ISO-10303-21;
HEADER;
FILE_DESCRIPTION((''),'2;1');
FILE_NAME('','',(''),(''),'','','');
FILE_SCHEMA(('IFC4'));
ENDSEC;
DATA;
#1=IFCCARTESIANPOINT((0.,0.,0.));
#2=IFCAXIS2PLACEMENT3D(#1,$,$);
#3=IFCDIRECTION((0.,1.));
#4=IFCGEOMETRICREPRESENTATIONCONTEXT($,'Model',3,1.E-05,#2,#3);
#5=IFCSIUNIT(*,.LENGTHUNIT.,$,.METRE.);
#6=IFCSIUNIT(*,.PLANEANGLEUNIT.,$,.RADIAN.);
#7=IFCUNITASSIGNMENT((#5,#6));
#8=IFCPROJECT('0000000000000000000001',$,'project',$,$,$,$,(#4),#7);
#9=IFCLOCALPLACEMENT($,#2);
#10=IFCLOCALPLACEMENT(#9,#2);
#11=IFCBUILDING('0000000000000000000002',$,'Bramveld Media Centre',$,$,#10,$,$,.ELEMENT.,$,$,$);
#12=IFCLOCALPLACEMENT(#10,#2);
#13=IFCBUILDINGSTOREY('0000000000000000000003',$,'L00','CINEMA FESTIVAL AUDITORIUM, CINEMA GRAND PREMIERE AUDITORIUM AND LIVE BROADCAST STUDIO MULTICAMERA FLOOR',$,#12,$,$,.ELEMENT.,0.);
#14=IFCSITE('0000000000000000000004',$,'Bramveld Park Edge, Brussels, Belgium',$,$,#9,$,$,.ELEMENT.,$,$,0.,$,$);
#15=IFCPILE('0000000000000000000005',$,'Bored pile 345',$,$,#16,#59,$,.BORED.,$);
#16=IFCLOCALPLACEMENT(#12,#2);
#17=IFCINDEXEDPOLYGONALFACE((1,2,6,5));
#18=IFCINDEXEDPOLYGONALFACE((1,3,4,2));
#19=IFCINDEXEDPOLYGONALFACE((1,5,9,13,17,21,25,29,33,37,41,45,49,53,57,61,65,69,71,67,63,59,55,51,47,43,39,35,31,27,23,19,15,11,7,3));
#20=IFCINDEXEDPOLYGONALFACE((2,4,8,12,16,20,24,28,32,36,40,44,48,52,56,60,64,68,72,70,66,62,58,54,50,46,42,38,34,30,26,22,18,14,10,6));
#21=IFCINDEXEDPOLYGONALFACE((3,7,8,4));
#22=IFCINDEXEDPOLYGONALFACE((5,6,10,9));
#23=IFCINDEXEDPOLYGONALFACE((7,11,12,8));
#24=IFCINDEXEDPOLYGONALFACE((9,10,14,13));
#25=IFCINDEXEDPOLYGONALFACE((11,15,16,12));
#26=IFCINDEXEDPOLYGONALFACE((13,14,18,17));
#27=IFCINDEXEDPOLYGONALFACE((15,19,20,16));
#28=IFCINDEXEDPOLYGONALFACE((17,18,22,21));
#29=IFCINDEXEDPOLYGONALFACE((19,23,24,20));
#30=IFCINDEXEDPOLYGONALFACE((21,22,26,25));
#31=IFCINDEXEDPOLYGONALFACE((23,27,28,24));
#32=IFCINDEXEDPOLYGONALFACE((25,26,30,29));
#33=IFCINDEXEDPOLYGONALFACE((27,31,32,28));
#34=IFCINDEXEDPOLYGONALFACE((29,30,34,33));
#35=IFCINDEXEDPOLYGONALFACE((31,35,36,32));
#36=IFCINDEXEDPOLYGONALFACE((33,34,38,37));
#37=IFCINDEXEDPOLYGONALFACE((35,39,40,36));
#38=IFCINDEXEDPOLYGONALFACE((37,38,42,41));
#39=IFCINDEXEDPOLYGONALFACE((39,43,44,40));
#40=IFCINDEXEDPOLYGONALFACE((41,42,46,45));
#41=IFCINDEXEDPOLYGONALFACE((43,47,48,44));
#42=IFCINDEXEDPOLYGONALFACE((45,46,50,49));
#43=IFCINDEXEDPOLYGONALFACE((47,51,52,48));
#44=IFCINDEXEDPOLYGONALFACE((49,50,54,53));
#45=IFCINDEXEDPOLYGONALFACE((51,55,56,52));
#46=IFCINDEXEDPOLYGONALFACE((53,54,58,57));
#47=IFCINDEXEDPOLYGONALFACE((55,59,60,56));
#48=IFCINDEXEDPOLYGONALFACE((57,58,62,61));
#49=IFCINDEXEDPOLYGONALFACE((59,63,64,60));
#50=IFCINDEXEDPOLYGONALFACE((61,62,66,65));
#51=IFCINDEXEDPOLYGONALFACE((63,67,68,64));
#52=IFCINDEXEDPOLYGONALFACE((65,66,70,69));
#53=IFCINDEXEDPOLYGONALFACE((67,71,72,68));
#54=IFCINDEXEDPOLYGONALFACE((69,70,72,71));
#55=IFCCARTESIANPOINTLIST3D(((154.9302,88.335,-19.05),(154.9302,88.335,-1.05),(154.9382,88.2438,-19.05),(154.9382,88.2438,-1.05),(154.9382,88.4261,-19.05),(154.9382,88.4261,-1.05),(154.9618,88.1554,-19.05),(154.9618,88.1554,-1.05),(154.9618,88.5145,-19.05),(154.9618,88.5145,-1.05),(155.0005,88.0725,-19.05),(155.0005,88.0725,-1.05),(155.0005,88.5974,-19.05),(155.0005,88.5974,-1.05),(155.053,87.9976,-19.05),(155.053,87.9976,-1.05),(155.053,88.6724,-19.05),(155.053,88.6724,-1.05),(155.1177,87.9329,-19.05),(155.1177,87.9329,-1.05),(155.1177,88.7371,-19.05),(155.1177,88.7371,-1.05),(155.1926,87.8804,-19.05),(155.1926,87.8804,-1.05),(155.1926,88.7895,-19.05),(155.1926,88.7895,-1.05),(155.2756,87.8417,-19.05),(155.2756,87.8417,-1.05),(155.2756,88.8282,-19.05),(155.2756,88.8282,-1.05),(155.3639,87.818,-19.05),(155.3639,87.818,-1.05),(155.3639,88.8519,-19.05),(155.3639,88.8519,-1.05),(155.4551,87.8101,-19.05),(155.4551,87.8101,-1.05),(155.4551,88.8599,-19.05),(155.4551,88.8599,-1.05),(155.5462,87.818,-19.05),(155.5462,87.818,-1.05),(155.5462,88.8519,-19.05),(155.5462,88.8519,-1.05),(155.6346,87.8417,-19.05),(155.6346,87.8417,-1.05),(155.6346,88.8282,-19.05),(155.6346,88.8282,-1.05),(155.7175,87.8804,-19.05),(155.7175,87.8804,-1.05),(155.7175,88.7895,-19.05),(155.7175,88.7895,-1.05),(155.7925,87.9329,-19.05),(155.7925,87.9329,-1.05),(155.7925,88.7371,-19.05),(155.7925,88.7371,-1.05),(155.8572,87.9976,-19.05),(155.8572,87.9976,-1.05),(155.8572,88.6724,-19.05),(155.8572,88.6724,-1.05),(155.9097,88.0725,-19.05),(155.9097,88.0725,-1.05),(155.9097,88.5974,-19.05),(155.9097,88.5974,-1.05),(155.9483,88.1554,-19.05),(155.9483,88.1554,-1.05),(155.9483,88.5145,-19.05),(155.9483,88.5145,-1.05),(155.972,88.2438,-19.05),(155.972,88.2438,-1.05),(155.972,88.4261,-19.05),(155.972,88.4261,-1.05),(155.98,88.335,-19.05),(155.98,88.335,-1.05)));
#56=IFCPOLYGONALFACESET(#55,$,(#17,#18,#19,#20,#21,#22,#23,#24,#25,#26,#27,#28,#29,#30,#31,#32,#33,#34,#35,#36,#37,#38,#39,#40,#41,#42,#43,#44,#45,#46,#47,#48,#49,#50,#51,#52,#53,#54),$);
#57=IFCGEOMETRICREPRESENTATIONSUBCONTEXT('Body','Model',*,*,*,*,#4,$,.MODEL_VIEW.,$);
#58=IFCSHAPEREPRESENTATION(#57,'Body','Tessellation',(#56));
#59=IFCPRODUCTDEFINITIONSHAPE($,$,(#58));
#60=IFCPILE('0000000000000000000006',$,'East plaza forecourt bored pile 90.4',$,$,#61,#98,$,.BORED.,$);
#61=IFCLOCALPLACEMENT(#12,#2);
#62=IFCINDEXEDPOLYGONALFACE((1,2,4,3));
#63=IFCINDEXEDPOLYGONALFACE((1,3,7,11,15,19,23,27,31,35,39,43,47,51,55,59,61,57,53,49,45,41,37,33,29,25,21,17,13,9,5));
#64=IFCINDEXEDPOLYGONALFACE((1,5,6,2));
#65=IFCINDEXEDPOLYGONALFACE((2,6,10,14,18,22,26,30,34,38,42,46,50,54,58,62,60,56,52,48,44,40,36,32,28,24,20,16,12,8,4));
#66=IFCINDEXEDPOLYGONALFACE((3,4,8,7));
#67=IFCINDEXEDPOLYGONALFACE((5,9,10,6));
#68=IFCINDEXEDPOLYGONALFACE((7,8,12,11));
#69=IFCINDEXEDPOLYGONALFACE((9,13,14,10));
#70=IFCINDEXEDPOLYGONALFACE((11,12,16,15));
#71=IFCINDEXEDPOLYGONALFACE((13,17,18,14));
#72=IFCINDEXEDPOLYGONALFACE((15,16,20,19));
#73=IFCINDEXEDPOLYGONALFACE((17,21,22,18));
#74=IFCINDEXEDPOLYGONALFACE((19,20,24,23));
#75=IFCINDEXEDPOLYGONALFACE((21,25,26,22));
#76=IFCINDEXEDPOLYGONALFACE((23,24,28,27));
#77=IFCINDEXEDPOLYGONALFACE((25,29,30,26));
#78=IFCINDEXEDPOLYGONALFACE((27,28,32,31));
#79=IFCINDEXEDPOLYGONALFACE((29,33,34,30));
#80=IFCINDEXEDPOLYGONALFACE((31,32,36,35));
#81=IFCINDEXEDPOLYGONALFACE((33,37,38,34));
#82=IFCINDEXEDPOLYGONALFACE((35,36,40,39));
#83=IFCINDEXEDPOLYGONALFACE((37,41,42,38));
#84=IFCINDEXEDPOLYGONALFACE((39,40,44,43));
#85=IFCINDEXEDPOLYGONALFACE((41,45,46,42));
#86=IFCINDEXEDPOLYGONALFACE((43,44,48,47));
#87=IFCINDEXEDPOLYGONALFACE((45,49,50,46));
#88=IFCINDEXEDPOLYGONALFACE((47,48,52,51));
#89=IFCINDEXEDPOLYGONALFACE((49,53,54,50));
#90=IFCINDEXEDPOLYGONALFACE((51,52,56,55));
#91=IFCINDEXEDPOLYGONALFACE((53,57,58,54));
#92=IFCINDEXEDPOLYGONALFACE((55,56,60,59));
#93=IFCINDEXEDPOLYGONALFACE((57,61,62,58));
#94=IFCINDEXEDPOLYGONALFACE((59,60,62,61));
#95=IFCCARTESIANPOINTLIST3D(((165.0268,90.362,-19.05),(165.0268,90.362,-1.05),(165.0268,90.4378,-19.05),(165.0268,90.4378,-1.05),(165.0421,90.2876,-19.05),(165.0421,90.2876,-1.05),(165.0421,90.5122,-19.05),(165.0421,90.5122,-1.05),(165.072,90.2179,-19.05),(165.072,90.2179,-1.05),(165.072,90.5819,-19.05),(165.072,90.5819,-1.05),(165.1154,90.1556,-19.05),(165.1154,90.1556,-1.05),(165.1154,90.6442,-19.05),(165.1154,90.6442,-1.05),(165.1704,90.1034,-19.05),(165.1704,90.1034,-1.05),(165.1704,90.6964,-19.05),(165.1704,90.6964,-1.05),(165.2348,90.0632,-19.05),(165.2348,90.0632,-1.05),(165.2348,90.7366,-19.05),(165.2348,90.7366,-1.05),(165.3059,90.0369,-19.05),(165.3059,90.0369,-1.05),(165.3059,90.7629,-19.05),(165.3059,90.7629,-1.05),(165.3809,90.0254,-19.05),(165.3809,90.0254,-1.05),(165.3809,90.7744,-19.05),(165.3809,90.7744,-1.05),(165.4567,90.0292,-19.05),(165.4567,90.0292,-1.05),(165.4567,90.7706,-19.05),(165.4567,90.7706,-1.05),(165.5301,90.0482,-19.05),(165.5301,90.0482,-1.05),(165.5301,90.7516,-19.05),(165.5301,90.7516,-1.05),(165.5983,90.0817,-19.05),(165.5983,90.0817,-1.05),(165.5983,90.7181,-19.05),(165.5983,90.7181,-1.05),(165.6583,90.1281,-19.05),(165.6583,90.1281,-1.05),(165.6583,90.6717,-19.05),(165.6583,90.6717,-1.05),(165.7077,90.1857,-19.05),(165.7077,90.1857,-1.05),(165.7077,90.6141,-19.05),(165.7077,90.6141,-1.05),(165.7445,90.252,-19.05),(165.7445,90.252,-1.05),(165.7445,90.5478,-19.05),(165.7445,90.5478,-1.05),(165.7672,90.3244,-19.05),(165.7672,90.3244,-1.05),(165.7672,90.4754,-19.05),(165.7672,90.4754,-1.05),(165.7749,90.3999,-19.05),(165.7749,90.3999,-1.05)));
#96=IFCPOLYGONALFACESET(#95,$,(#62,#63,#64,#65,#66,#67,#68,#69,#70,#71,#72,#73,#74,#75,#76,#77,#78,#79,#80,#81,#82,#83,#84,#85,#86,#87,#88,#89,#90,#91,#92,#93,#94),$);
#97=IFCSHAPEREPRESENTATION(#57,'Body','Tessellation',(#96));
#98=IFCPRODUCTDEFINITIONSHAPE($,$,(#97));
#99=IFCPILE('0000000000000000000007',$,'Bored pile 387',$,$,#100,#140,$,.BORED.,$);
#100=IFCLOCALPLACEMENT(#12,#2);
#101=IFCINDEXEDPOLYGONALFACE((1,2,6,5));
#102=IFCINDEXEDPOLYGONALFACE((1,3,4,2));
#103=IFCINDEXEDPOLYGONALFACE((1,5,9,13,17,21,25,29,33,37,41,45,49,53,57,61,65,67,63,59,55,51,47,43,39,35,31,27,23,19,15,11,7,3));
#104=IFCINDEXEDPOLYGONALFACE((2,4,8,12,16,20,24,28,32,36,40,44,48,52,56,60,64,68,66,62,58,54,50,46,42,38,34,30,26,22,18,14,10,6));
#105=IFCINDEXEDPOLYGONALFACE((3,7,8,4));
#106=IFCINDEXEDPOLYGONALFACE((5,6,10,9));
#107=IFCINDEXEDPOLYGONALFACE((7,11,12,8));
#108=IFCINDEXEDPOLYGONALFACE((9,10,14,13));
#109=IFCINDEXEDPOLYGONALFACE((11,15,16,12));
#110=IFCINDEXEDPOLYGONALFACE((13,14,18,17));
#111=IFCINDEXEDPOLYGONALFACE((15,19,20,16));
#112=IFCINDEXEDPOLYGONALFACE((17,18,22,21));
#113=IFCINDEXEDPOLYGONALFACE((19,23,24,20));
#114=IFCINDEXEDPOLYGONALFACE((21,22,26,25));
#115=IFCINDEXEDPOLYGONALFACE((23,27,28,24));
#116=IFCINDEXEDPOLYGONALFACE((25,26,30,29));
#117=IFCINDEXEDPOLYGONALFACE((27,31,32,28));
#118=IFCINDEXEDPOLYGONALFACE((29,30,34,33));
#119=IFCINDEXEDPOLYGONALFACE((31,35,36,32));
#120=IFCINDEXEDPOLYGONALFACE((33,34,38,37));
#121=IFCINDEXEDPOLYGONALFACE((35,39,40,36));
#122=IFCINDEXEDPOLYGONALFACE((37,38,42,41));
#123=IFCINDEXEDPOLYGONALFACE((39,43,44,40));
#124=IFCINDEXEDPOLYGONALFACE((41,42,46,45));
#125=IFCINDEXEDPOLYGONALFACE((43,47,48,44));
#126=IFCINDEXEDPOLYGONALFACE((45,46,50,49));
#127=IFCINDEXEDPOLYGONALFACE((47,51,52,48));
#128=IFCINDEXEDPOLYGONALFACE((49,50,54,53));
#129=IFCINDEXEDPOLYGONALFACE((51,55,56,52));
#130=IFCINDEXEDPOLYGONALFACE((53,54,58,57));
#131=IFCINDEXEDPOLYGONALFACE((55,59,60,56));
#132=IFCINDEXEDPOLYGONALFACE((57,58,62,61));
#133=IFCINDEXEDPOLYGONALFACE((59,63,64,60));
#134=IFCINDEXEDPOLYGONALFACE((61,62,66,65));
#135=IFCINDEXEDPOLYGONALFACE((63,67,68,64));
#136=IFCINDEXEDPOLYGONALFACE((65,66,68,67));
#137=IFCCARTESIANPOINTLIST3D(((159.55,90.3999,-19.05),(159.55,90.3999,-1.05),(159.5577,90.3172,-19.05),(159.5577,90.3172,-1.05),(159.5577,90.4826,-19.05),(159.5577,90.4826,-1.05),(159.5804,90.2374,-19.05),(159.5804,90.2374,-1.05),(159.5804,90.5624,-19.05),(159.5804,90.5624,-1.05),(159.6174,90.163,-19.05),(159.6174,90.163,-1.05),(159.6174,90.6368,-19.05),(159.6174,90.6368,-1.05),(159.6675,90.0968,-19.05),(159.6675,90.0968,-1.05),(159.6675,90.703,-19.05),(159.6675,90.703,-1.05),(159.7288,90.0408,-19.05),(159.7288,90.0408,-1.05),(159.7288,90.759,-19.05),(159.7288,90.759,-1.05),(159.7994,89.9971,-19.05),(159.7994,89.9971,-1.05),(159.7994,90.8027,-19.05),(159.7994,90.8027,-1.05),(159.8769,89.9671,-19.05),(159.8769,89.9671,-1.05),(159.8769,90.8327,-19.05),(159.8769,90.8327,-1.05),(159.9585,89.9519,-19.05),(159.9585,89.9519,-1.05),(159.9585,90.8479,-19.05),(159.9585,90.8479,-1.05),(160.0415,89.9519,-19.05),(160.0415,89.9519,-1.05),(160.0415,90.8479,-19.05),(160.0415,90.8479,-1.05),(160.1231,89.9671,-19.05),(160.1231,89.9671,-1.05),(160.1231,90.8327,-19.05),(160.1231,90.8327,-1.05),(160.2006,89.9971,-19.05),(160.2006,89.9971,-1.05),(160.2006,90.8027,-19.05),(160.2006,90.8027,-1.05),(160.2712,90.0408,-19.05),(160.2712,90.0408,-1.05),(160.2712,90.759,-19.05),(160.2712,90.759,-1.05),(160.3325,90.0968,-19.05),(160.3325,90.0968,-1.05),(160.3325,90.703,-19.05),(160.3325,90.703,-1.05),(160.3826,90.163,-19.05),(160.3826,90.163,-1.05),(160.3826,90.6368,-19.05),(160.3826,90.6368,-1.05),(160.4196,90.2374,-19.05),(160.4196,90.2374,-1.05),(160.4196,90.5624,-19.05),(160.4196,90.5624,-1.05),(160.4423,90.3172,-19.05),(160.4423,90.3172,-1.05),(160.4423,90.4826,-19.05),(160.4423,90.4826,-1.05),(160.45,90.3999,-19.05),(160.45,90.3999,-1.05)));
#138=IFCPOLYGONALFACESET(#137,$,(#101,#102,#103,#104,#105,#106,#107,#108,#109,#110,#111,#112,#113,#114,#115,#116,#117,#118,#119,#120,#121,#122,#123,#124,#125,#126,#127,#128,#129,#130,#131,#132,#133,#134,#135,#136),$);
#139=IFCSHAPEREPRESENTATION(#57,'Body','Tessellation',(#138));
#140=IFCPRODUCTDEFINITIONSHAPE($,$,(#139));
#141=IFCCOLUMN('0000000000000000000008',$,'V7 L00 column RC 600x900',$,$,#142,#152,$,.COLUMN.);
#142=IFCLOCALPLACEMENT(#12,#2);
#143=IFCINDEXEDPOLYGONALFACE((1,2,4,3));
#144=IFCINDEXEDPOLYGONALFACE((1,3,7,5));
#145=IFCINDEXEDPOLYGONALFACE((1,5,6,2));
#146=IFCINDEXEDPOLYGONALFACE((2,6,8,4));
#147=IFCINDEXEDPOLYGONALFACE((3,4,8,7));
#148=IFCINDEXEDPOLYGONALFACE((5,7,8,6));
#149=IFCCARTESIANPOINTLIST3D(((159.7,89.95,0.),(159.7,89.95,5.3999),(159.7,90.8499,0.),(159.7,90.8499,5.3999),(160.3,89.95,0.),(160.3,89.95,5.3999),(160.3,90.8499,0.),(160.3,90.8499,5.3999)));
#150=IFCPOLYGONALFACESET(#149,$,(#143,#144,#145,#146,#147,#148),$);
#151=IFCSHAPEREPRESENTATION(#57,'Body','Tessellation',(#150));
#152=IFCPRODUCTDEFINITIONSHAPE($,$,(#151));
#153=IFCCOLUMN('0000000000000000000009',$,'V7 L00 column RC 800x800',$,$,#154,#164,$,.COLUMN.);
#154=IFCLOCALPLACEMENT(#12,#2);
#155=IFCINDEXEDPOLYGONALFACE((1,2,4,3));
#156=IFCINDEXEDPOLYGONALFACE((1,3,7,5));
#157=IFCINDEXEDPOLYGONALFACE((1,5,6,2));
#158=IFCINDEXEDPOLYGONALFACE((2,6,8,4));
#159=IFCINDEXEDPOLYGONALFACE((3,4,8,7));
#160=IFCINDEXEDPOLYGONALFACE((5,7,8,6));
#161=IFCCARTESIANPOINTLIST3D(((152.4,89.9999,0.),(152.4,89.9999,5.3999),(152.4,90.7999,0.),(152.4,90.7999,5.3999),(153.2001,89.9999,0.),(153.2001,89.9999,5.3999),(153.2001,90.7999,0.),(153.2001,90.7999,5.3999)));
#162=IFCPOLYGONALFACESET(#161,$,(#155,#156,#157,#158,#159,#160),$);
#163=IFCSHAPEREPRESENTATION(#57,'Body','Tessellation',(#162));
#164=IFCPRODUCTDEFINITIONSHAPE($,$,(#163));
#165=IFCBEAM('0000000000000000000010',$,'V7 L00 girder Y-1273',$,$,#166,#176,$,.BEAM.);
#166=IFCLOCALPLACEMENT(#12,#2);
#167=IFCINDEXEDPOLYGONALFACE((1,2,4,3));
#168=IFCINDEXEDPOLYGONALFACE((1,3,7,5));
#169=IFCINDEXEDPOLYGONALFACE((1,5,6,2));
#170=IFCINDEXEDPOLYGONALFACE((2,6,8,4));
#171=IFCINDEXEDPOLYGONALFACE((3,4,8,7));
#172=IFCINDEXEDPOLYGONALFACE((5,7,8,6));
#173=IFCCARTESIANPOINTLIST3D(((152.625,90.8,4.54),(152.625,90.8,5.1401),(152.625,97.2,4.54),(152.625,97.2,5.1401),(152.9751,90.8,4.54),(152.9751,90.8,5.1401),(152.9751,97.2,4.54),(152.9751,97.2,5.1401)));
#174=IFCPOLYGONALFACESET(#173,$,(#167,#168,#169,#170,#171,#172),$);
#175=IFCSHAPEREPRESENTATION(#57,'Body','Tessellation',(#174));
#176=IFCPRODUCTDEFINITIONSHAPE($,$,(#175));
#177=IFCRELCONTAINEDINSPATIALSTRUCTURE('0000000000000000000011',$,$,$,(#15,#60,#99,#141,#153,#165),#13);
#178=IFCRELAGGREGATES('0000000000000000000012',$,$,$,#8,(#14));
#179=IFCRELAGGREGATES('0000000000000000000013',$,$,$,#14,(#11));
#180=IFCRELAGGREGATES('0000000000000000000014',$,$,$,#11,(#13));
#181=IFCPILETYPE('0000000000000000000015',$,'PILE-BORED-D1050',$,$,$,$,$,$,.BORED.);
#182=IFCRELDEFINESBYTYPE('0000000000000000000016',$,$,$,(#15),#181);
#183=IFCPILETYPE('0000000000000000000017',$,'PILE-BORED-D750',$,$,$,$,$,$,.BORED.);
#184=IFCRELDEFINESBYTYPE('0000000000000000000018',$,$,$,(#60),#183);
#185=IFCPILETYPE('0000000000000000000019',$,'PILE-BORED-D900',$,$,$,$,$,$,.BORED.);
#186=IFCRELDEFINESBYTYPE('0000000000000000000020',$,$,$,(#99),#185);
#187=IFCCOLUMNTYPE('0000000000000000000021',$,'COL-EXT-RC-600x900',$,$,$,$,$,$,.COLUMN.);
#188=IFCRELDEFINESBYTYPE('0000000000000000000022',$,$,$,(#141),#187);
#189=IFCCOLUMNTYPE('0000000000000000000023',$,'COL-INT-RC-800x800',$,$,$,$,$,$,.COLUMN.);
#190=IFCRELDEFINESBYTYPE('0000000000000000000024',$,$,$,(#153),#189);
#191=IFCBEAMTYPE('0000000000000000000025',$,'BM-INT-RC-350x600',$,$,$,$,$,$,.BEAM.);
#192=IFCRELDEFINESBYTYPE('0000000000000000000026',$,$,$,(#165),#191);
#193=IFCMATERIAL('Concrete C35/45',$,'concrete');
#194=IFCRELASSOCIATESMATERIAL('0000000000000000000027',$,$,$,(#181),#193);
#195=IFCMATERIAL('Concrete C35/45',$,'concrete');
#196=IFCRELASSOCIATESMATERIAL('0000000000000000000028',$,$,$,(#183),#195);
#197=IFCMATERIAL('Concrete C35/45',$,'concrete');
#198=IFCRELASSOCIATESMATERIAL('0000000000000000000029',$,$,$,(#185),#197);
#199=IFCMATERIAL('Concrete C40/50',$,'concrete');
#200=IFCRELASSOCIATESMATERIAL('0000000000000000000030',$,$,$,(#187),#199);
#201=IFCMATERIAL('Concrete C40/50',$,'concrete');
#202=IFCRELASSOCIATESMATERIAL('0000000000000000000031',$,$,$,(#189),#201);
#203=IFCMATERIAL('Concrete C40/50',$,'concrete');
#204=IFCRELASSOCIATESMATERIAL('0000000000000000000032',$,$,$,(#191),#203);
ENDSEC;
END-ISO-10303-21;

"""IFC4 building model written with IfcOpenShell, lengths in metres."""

from ifc_helpers import new_model, si_unit, direction, frame, origin, origin_2d, place, context, subcontext, project, spatial, rectangle, circle, extrude, material, material_profile, profile_set, type_object, element, save


model = new_model("IFC4")

# Units and contexts
model_context = context("Model", 3, precision=1e-05, world=origin(), true_north=direction((0.0, 1.0)))
body_context = subcontext(model_context, "Body", "Model", "MODEL_VIEW")
ifc_project = project(units=[si_unit("LENGTHUNIT", "METRE"), si_unit("PLANEANGLEUNIT", "RADIAN")], contexts=[model_context])

# Site, building, storey
site_placement = place(None, origin())
site = spatial("IfcSite", under=ifc_project, at=site_placement, Name="Bramveld Park Edge, Brussels, Belgium", CompositionType="ELEMENT", RefElevation=0.0)
building_placement = place(site_placement, origin())
building = spatial("IfcBuilding", under=site, at=building_placement, Name="Bramveld Media Centre", CompositionType="ELEMENT")
storey_placement = place(building_placement, origin())
storey = spatial("IfcBuildingStorey", under=building, at=storey_placement, Name="L00", Description="CINEMA FESTIVAL AUDITORIUM, CINEMA GRAND PREMIERE AUDITORIUM AND LIVE BROADCAST STUDIO MULTICAMERA FLOOR", CompositionType="ELEMENT", Elevation=0.0)

# Piles
ifc_material_1 = material(Name="Concrete C35/45", Category="concrete")
ifc_material_profile_1 = material_profile(ifc_material_1, circle(Radius=0.5249, at=origin_2d()), Name="BORED D1050")
ifc_profile_set_1 = profile_set([ifc_material_profile_1], Name="Concrete C35/45")
pile_type_1 = type_object("IfcPileType", Name="PILE-BORED-D1050", PredefinedType="BORED", material=ifc_profile_set_1)
for number, where, z_axis, x_axis, name in (
    (1, (155.4551, 88.335, -1.05), (0.0, 0.0, -1.0), (1.0, 0.0, 0.0), "Bored pile 345"),
):
    element("IfcPile", number, at=place(storey_placement, frame(where, z_axis=z_axis, x_axis=x_axis)), inside=storey, type_object=pile_type_1, Name=name, PredefinedType="BORED", context=body_context, shape_type="SweptSolid", body=[
        extrude(circle(Radius=0.5249, at=origin_2d()), origin(), (0.0, 0.0, 1.0), 18.0),
    ])
ifc_material_2 = material(Name="Concrete C35/45", Category="concrete")
ifc_material_profile_2 = material_profile(ifc_material_2, circle(Radius=0.375, at=origin_2d()), Name="BORED D750")
ifc_profile_set_2 = profile_set([ifc_material_profile_2], Name="Concrete C35/45")
pile_type_2 = type_object("IfcPileType", Name="PILE-BORED-D750", PredefinedType="BORED", material=ifc_profile_set_2)
pile_1_placement = place(storey_placement, frame((165.3999, 90.3999, -1.05), z_axis=(0.0, 0.0, -1.0), x_axis=(1.0, 0.0, 0.0)))
element("IfcPile", 2, at=pile_1_placement, inside=storey, type_object=pile_type_2, Name="East plaza forecourt bored pile 90.4", PredefinedType="BORED", context=body_context, shape_type="SweptSolid", body=[
    extrude(circle(Radius=0.375, at=origin_2d()), origin(), (0.0, 0.0, 1.0), 18.0),
])
ifc_material_3 = material(Name="Concrete C35/45", Category="concrete")
ifc_material_profile_3 = material_profile(ifc_material_3, circle(Radius=0.45, at=origin_2d()), Name="BORED D900")
ifc_profile_set_3 = profile_set([ifc_material_profile_3], Name="Concrete C35/45")
pile_type_3 = type_object("IfcPileType", Name="PILE-BORED-D900", PredefinedType="BORED", material=ifc_profile_set_3)
pile_2_placement = place(storey_placement, frame((160.0, 90.3999, -1.05), z_axis=(0.0, 0.0, -1.0), x_axis=(1.0, 0.0, 0.0)))
element("IfcPile", 3, at=pile_2_placement, inside=storey, type_object=pile_type_3, Name="Bored pile 387", PredefinedType="BORED", context=body_context, shape_type="SweptSolid", body=[
    extrude(circle(Radius=0.45, at=origin_2d()), origin(), (0.0, 0.0, 1.0), 18.0),
])

# Columns
ifc_material_4 = material(Name="Concrete C40/50", Category="concrete")
ifc_material_profile_4 = material_profile(ifc_material_4, rectangle(XDim=0.6001, YDim=0.8999, at=origin_2d()), Name="RC 600x900")
ifc_profile_set_4 = profile_set([ifc_material_profile_4], Name="Concrete C40/50")
column_type_1 = type_object("IfcColumnType", Name="COL-EXT-RC-600x900", PredefinedType="COLUMN", material=ifc_profile_set_4)
column_1_placement = place(storey_placement, frame((160.0, 90.3999, 0.0), z_axis=(0.0, 0.0, 1.0), x_axis=(1.0, 0.0, 0.0)))
element("IfcColumn", 4, at=column_1_placement, inside=storey, type_object=column_type_1, Name="V7 L00 column RC 600x900", PredefinedType="COLUMN", context=body_context, shape_type="SweptSolid", body=[
    extrude(rectangle(XDim=0.6001, YDim=0.8999, at=origin_2d()), origin(), (0.0, 0.0, 1.0), 5.3999),
])
ifc_material_5 = material(Name="Concrete C40/50", Category="concrete")
ifc_material_profile_5 = material_profile(ifc_material_5, rectangle(XDim=0.8, YDim=0.8, at=origin_2d()), Name="RC 800x800")
ifc_profile_set_5 = profile_set([ifc_material_profile_5], Name="Concrete C40/50")
column_type_2 = type_object("IfcColumnType", Name="COL-INT-RC-800x800", PredefinedType="COLUMN", material=ifc_profile_set_5)
column_2_placement = place(storey_placement, frame((152.8, 90.3999, 0.0), z_axis=(0.0, 0.0, 1.0), x_axis=(1.0, 0.0, 0.0)))
element("IfcColumn", 5, at=column_2_placement, inside=storey, type_object=column_type_2, Name="V7 L00 column RC 800x800", PredefinedType="COLUMN", context=body_context, shape_type="SweptSolid", body=[
    extrude(rectangle(XDim=0.8, YDim=0.8, at=origin_2d()), origin(), (0.0, 0.0, 1.0), 5.3999),
])

# Beam
ifc_material_6 = material(Name="Concrete C40/50", Category="concrete")
ifc_material_profile_6 = material_profile(ifc_material_6, rectangle(XDim=0.3501, YDim=0.6001, at=origin_2d()), Name="RC 350x600")
ifc_profile_set_6 = profile_set([ifc_material_profile_6], Name="Concrete C40/50")
beam_type_1 = type_object("IfcBeamType", Name="BM-INT-RC-350x600", PredefinedType="BEAM", material=ifc_profile_set_6)
beam_1_placement = place(storey_placement, frame((152.8, 90.8, 4.8401), z_axis=(0.0, 1.0, 0.0), x_axis=(-1.0, 0.0, 0.0)))
element("IfcBeam", 6, at=beam_1_placement, inside=storey, type_object=beam_type_1, Name="V7 L00 girder Y-1273", PredefinedType="BEAM", context=body_context, shape_type="SweptSolid", body=[
    extrude(rectangle(XDim=0.3501, YDim=0.6001, at=origin_2d()), origin(), (0.0, 0.0, 1.0), 6.3999),
])

save(model, "model.ifc")
